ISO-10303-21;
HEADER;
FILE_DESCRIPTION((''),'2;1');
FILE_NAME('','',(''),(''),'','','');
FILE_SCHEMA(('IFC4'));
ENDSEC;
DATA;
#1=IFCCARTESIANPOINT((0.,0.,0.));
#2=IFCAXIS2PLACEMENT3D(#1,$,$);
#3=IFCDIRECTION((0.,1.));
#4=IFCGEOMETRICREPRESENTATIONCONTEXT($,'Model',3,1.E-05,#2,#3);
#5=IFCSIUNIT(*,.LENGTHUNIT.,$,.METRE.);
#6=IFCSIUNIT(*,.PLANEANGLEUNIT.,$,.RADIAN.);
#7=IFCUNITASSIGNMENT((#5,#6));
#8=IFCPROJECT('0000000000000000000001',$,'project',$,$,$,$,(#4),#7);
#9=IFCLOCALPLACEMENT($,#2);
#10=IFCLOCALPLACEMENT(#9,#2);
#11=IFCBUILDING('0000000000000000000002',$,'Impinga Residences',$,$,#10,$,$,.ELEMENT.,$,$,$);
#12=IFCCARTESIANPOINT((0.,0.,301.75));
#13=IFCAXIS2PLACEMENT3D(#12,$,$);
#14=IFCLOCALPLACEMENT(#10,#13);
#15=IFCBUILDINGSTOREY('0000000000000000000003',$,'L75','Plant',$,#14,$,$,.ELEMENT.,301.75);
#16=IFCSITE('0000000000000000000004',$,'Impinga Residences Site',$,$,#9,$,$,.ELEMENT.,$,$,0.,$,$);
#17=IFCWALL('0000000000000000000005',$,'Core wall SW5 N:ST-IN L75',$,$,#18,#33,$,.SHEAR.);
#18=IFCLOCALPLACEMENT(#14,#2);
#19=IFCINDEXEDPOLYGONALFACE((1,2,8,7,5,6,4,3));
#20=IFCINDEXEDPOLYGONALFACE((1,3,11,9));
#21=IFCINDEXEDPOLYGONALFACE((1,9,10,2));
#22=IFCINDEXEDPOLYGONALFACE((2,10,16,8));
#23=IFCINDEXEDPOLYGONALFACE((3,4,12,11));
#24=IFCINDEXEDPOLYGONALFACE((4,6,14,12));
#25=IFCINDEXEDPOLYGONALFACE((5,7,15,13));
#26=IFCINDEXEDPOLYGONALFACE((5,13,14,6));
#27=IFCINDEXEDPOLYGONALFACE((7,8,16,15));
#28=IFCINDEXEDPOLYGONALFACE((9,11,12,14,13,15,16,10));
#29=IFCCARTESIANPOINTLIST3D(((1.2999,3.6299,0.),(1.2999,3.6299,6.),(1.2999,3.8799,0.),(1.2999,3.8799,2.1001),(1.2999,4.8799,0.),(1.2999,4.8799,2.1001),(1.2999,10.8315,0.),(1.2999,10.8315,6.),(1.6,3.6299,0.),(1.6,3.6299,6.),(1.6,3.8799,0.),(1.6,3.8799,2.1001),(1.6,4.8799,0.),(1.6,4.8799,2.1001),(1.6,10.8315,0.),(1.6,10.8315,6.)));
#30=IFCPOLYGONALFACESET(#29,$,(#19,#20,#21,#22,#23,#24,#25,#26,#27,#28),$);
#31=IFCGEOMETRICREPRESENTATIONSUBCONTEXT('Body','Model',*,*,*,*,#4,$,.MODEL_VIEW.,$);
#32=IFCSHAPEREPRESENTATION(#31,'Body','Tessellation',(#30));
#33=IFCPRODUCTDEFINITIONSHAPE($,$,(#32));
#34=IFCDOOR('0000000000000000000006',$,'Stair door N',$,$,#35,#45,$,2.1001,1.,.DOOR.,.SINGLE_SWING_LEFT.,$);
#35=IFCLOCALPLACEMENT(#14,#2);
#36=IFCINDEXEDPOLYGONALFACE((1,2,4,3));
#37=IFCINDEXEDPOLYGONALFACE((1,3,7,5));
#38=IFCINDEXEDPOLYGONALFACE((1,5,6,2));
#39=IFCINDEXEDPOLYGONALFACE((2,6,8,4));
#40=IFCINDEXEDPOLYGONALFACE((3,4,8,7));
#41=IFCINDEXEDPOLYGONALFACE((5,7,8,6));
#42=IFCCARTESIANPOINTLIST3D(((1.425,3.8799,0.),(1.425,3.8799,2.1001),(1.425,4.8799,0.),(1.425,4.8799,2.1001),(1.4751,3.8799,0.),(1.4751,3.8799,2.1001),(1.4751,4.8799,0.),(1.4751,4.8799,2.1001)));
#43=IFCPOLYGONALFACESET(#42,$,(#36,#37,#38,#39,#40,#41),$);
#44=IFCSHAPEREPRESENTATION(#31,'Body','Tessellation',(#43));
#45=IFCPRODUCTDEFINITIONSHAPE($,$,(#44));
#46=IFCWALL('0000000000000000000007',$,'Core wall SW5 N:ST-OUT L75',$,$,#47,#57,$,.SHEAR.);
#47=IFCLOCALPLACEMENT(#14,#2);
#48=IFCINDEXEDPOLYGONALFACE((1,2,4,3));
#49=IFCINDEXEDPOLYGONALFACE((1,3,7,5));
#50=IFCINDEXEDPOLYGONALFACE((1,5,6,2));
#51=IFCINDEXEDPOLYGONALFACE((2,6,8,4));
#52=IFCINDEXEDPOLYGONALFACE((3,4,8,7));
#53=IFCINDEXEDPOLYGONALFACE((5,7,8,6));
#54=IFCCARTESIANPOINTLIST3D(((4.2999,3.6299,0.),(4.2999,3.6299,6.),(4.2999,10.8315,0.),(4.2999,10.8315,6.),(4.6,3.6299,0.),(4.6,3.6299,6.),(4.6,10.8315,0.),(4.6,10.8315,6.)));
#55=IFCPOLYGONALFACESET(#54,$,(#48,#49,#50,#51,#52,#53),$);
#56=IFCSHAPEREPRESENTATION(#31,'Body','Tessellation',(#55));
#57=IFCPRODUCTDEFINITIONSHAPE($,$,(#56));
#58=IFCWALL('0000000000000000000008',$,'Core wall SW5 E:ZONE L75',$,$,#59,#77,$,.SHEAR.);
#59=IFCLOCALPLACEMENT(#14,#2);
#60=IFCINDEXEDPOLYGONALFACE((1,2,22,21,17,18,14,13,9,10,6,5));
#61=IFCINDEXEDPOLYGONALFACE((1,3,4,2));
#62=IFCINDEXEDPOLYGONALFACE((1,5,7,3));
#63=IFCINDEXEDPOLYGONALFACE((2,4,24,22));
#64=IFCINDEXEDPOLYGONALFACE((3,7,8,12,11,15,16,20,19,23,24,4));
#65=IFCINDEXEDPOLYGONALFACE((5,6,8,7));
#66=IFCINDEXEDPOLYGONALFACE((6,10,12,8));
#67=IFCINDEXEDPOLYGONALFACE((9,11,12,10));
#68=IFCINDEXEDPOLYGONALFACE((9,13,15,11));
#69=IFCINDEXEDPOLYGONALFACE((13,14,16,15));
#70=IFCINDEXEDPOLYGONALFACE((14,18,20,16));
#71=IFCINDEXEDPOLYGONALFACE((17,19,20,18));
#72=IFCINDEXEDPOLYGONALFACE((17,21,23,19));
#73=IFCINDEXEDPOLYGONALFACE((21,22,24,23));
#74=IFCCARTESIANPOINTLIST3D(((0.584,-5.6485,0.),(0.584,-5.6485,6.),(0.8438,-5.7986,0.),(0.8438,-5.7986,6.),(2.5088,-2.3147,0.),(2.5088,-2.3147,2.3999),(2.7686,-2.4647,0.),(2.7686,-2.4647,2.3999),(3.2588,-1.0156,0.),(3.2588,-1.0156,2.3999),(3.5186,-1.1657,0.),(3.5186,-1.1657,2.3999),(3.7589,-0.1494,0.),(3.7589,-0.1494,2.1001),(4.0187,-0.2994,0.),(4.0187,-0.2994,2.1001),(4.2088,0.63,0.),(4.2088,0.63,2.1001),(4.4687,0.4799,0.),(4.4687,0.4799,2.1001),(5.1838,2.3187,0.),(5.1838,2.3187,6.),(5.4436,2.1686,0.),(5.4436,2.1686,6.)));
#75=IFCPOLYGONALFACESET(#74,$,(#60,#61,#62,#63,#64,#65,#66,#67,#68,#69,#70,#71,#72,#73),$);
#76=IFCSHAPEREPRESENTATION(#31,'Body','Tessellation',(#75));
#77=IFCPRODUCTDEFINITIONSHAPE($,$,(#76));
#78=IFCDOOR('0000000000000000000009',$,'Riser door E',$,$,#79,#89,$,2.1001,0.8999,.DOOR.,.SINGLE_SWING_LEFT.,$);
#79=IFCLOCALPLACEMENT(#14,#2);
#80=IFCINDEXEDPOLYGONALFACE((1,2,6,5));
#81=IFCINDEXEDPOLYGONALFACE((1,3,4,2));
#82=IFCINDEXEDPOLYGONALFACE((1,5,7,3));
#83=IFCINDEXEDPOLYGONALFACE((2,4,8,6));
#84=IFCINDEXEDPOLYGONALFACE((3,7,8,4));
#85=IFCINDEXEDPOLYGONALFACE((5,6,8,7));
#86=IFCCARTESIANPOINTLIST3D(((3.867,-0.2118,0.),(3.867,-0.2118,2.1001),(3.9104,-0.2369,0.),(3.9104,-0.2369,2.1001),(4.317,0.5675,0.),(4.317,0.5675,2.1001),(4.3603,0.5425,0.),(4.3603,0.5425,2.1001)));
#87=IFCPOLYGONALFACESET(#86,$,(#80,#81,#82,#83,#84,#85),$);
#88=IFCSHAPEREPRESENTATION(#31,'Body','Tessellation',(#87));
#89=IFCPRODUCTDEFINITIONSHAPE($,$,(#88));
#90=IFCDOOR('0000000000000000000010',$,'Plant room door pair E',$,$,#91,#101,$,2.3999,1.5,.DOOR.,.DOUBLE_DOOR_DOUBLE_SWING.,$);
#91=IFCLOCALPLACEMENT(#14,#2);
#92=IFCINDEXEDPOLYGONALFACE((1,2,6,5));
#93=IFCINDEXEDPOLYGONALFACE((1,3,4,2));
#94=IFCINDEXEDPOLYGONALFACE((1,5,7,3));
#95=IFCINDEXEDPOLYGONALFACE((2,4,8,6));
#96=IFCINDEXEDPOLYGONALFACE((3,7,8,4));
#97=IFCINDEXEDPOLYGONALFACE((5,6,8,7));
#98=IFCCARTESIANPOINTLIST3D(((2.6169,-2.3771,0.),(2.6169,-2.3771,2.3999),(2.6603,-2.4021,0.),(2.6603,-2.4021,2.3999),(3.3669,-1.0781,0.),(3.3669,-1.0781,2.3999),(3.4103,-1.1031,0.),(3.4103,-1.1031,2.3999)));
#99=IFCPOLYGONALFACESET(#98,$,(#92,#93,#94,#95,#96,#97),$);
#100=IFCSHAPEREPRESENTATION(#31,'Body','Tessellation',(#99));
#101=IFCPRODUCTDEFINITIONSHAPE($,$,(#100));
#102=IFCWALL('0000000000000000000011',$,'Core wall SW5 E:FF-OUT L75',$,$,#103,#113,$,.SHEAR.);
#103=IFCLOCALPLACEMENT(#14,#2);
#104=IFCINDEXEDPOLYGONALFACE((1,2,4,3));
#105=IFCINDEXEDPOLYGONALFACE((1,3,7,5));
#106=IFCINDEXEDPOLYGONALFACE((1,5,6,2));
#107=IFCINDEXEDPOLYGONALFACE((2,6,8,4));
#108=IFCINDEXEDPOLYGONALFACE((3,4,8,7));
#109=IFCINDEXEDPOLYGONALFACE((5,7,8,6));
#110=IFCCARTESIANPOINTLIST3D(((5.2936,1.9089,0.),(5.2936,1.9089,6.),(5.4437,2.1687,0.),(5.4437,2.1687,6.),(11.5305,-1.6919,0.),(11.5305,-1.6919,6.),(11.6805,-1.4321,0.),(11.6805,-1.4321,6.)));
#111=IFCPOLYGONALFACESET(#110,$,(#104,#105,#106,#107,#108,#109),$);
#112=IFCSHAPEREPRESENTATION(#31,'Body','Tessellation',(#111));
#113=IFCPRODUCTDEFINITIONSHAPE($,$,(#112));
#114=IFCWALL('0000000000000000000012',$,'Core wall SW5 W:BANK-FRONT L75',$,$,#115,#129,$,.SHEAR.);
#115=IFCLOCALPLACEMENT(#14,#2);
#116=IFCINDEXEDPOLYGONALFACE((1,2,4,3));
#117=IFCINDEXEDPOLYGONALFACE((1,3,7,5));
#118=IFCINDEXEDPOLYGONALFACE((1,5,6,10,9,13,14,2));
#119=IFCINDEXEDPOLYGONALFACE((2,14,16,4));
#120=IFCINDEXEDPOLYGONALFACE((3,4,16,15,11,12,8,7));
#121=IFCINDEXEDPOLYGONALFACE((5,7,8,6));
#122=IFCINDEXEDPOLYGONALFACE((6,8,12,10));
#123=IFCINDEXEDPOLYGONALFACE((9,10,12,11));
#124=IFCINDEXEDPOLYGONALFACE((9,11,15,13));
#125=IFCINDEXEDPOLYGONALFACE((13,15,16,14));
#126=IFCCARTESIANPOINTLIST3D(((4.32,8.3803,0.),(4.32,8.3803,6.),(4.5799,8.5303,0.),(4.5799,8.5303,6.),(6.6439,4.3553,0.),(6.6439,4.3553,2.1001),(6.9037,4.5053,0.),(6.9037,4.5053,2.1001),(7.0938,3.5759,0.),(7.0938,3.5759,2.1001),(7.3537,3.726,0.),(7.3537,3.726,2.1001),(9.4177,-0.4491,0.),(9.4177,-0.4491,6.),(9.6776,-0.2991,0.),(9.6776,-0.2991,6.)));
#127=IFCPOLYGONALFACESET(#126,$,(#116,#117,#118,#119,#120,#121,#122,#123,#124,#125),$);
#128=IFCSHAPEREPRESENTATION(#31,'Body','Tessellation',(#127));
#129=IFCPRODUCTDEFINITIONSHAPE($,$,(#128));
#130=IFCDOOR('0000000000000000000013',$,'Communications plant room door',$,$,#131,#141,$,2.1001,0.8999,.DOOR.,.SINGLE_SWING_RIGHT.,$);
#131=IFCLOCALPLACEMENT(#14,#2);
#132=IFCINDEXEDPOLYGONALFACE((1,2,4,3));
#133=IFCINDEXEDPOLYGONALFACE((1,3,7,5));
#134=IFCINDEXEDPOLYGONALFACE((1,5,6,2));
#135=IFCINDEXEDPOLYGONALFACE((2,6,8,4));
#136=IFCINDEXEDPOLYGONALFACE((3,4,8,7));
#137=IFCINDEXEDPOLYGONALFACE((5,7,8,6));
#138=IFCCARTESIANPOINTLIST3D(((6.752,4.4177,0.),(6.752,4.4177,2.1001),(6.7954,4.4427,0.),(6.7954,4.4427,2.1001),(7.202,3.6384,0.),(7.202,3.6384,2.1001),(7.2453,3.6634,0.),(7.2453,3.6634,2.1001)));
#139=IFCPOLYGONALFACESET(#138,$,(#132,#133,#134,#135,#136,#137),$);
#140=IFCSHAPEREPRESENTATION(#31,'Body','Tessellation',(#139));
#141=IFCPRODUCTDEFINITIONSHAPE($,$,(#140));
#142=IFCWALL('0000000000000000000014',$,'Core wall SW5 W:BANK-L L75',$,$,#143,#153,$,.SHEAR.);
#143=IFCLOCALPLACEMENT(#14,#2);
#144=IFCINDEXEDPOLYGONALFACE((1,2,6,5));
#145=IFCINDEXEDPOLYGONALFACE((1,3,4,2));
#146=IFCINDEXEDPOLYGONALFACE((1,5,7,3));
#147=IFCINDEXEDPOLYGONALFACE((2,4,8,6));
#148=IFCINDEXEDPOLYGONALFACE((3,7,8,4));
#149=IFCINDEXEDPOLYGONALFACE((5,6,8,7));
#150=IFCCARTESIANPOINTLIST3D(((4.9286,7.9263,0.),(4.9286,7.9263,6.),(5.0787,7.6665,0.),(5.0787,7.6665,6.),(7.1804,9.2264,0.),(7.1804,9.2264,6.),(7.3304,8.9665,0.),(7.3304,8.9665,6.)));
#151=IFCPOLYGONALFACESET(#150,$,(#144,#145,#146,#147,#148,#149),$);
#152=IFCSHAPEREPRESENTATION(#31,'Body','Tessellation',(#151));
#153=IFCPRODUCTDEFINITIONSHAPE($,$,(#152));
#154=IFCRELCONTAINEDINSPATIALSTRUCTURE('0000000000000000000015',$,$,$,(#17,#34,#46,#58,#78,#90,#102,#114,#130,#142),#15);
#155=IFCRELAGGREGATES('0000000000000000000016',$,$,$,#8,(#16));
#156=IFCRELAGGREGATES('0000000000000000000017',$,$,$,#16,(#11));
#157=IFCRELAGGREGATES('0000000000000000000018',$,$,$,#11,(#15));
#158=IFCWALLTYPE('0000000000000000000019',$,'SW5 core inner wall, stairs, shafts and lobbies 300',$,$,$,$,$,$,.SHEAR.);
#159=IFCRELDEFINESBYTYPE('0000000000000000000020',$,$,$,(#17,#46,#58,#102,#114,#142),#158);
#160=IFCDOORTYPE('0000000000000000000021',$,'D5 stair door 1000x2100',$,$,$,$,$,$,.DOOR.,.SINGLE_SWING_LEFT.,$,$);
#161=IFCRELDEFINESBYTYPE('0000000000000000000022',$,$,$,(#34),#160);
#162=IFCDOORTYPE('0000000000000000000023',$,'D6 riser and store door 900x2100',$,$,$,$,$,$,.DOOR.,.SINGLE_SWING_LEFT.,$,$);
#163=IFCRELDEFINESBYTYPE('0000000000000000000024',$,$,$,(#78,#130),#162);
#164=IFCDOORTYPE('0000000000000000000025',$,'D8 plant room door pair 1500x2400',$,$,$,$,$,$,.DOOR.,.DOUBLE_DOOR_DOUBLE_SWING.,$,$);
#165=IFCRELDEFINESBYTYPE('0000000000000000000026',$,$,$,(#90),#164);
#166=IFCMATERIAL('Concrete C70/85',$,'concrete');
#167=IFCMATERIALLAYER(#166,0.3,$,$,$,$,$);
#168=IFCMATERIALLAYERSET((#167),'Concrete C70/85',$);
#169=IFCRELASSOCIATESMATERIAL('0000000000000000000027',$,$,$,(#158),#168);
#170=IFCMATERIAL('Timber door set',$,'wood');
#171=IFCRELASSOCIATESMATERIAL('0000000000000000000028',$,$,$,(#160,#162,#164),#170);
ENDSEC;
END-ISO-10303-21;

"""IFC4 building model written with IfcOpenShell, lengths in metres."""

from ifc_helpers import new_model, si_unit, direction, frame, frame_2d, origin, place, context, subcontext, project, spatial, rectangle, extrude, material, layer, layer_set, type_object, element, fill, save


model = new_model("IFC4")

# Units and contexts
model_context = context("Model", 3, precision=1e-05, world=origin(), true_north=direction((0.0, 1.0)))
body_context = subcontext(model_context, "Body", "Model", "MODEL_VIEW")
ifc_project = project(units=[si_unit("LENGTHUNIT", "METRE"), si_unit("PLANEANGLEUNIT", "RADIAN")], contexts=[model_context])

# Site, building, storey
site_placement = place(None, origin())
site = spatial("IfcSite", under=ifc_project, at=site_placement, Name="Impinga Residences Site", CompositionType="ELEMENT", RefElevation=0.0)
building_placement = place(site_placement, origin())
building = spatial("IfcBuilding", under=site, at=building_placement, Name="Impinga Residences", CompositionType="ELEMENT")
storey_placement = place(building_placement, frame((0.0, 0.0, 301.75)))
storey = spatial("IfcBuildingStorey", under=building, at=storey_placement, Name="L75", Description="Plant", CompositionType="ELEMENT", Elevation=301.75)

# Wall, opening, door
ifc_material_1 = material(Name="Concrete C70/85", Category="concrete")
ifc_layer_1 = layer(ifc_material_1, 0.3)
ifc_layer_set_1 = layer_set([ifc_layer_1], Name="Concrete C70/85")
wall_type = type_object("IfcWallType", Name="SW5 core inner wall, stairs, shafts and lobbies 300", PredefinedType="SHEAR", material=ifc_layer_set_1)
wall_1_placement = place(storey_placement, frame((1.45, 3.6299, 0.0), z_axis=(0.0, 0.0, 1.0), x_axis=(0.0, 1.0, 0.0)))
wall_1 = element("IfcWall", 1, at=wall_1_placement, inside=storey, type_object=wall_type, Name="Core wall SW5 N:ST-IN L75", PredefinedType="SHEAR", context=body_context, shape_type="SweptSolid", body=[
    extrude(rectangle(XDim=7.2017, YDim=0.3, at=frame_2d((3.6008, 0.0))), origin(), (0.0, 0.0, 1.0), 6.0),
])
opening_1_placement = place(wall_1_placement, frame((0.25, 0.0, 0.0)))
opening_1 = element("IfcOpeningElement", 2, at=opening_1_placement, cuts=wall_1, PredefinedType="OPENING", context=body_context, shape_type="SweptSolid", body=[
    extrude(rectangle(XDim=1.0, YDim=2.1001, at=frame_2d((0.5, 1.05))), frame((0.0, 0.1599, 0.0), z_axis=(0.0, -1.0, 0.0), x_axis=(1.0, 0.0, 0.0)), (0.0, 0.0, 1.0), 0.3201),
])
ifc_material_2 = material(Name="Timber door set", Category="wood")
door_type_1 = type_object("IfcDoorType", Name="D5 stair door 1000x2100", OperationType="SINGLE_SWING_LEFT", PredefinedType="DOOR", material=ifc_material_2)
door_1_placement = place(opening_1_placement, origin())
door_1 = element("IfcDoor", 3, at=door_1_placement, inside=storey, type_object=door_type_1, Name="Stair door N", OperationType="SINGLE_SWING_LEFT", OverallHeight=2.1001, OverallWidth=1.0, PredefinedType="DOOR", context=body_context, shape_type="SweptSolid", body=[
    extrude(rectangle(XDim=1.0, YDim=2.1001, at=frame_2d((0.5, 1.05))), frame((0.0, 0.0249, 0.0), z_axis=(0.0, -1.0, 0.0), x_axis=(1.0, 0.0, 0.0)), (0.0, 0.0, 1.0), 0.05),
])
fill(opening_1, door_1)

# Wall
wall_2_placement = place(storey_placement, frame((4.45, 3.6299, 0.0), z_axis=(0.0, 0.0, 1.0), x_axis=(0.0, 1.0, 0.0)))
element("IfcWall", 4, at=wall_2_placement, inside=storey, type_object=wall_type, Name="Core wall SW5 N:ST-OUT L75", PredefinedType="SHEAR", context=body_context, shape_type="SweptSolid", body=[
    extrude(rectangle(XDim=7.2017, YDim=0.3, at=frame_2d((3.6008, 0.0))), origin(), (0.0, 0.0, 1.0), 6.0),
])

# Wall, openings, doors
wall_3_placement = place(storey_placement, frame((5.3137, 2.2437, 0.0), z_axis=(0.0, 0.0, 1.0), x_axis=(-0.499995, -0.866028, 0.0)))
wall_3 = element("IfcWall", 5, at=wall_3_placement, inside=storey, type_object=wall_type, Name="Core wall SW5 E:ZONE L75", PredefinedType="SHEAR", context=body_context, shape_type="SweptSolid", body=[
    extrude(rectangle(XDim=9.1997, YDim=0.3, at=frame_2d((4.5999, 0.0))), origin(), (0.0, 0.0, 1.0), 6.0),
])
opening_2_placement = place(wall_3_placement, frame((3.8501, 0.0, 0.0)))
opening_2 = element("IfcOpeningElement", 6, at=opening_2_placement, cuts=wall_3, PredefinedType="OPENING", context=body_context, shape_type="SweptSolid", body=[
    extrude(rectangle(XDim=1.5, YDim=2.3999, at=frame_2d((0.75, 1.2))), frame((0.0, 0.1599, 0.0), z_axis=(0.0, -1.0, 0.0), x_axis=(1.0, 0.0, 0.0)), (0.0, 0.0, 1.0), 0.3201),
])
opening_3_placement = place(wall_3_placement, frame((1.95, 0.0, 0.0)))
opening_3 = element("IfcOpeningElement", 7, at=opening_3_placement, cuts=wall_3, PredefinedType="OPENING", context=body_context, shape_type="SweptSolid", body=[
    extrude(rectangle(XDim=0.8999, YDim=2.1001, at=frame_2d((0.45, 1.05))), frame((0.0, 0.1599, 0.0), z_axis=(0.0, -1.0, 0.0), x_axis=(1.0, 0.0, 0.0)), (0.0, 0.0, 1.0), 0.3201),
])
door_type_2 = type_object("IfcDoorType", Name="D6 riser and store door 900x2100", OperationType="SINGLE_SWING_LEFT", PredefinedType="DOOR", material=ifc_material_2)
door_2_placement = place(opening_3_placement, origin())
door_2 = element("IfcDoor", 8, at=door_2_placement, inside=storey, type_object=door_type_2, Name="Riser door E", OperationType="SINGLE_SWING_LEFT", OverallHeight=2.1001, OverallWidth=0.8999, PredefinedType="DOOR", context=body_context, shape_type="SweptSolid", body=[
    extrude(rectangle(XDim=0.8999, YDim=2.1001, at=frame_2d((0.45, 1.05))), frame((0.0, 0.0249, 0.0), z_axis=(0.0, -1.0, 0.0), x_axis=(1.0, 0.0, 0.0)), (0.0, 0.0, 1.0), 0.05),
])
fill(opening_3, door_2)
door_type_3 = type_object("IfcDoorType", Name="D8 plant room door pair 1500x2400", OperationType="DOUBLE_DOOR_DOUBLE_SWING", PredefinedType="DOOR", material=ifc_material_2)
door_3_placement = place(opening_2_placement, origin())
door_3 = element("IfcDoor", 9, at=door_3_placement, inside=storey, type_object=door_type_3, Name="Plant room door pair E", OperationType="DOUBLE_DOOR_DOUBLE_SWING", OverallHeight=2.3999, OverallWidth=1.5, PredefinedType="DOOR", context=body_context, shape_type="SweptSolid", body=[
    extrude(rectangle(XDim=1.5, YDim=2.3999, at=frame_2d((0.75, 1.2))), frame((0.0, 0.0249, 0.0), z_axis=(0.0, -1.0, 0.0), x_axis=(1.0, 0.0, 0.0)), (0.0, 0.0, 1.0), 0.05),
])
fill(opening_2, door_3)

# Wall
wall_4_placement = place(storey_placement, frame((5.3687, 2.0388, 0.0), z_axis=(0.0, 0.0, 1.0), x_axis=(0.866025, -0.5, 0.0)))
element("IfcWall", 10, at=wall_4_placement, inside=storey, type_object=wall_type, Name="Core wall SW5 E:FF-OUT L75", PredefinedType="SHEAR", context=body_context, shape_type="SweptSolid", body=[
    extrude(rectangle(XDim=7.2017, YDim=0.3, at=frame_2d((3.6008, 0.0))), origin(), (0.0, 0.0, 1.0), 6.0),
])

# Wall, opening, door
wall_5_placement = place(storey_placement, frame((4.45, 8.4553, 0.0), z_axis=(0.0, 0.0, 1.0), x_axis=(0.500002, -0.866024, 0.0)))
wall_5 = element("IfcWall", 11, at=wall_5_placement, inside=storey, type_object=wall_type, Name="Core wall SW5 W:BANK-FRONT L75", PredefinedType="SHEAR", context=body_context, shape_type="SweptSolid", body=[
    extrude(rectangle(XDim=10.1953, YDim=0.3, at=frame_2d((5.0977, 0.0))), origin(), (0.0, 0.0, 1.0), 6.0),
])
opening_4_placement = place(wall_5_placement, frame((4.6477, 0.0, 0.0)))
opening_4 = element("IfcOpeningElement", 12, at=opening_4_placement, cuts=wall_5, PredefinedType="OPENING", context=body_context, shape_type="SweptSolid", body=[
    extrude(rectangle(XDim=0.8999, YDim=2.1001, at=frame_2d((0.45, 1.05))), frame((0.0, 0.1599, 0.0), z_axis=(0.0, -1.0, 0.0), x_axis=(1.0, 0.0, 0.0)), (0.0, 0.0, 1.0), 0.3201),
])
door_4_placement = place(opening_4_placement, origin())
door_4 = element("IfcDoor", 13, at=door_4_placement, inside=storey, type_object=door_type_2, Name="Communications plant room door", OperationType="SINGLE_SWING_RIGHT", OverallHeight=2.1001, OverallWidth=0.8999, PredefinedType="DOOR", context=body_context, shape_type="SweptSolid", body=[
    extrude(rectangle(XDim=0.8999, YDim=2.1001, at=frame_2d((0.45, 1.05))), frame((0.0, 0.0249, 0.0), z_axis=(0.0, -1.0, 0.0), x_axis=(1.0, 0.0, 0.0)), (0.0, 0.0, 1.0), 0.05),
])
fill(opening_4, door_4)

# Wall
wall_6_placement = place(storey_placement, frame((5.0037, 7.7964, 0.0), z_axis=(0.0, 0.0, 1.0), x_axis=(0.866021, 0.500007, 0.0)))
element("IfcWall", 14, at=wall_6_placement, inside=storey, type_object=wall_type, Name="Core wall SW5 W:BANK-L L75", PredefinedType="SHEAR", context=body_context, shape_type="SweptSolid", body=[
    extrude(rectangle(XDim=2.6001, YDim=0.3, at=frame_2d((1.3, 0.0))), origin(), (0.0, 0.0, 1.0), 6.0),
])

save(model, "model.ifc")
